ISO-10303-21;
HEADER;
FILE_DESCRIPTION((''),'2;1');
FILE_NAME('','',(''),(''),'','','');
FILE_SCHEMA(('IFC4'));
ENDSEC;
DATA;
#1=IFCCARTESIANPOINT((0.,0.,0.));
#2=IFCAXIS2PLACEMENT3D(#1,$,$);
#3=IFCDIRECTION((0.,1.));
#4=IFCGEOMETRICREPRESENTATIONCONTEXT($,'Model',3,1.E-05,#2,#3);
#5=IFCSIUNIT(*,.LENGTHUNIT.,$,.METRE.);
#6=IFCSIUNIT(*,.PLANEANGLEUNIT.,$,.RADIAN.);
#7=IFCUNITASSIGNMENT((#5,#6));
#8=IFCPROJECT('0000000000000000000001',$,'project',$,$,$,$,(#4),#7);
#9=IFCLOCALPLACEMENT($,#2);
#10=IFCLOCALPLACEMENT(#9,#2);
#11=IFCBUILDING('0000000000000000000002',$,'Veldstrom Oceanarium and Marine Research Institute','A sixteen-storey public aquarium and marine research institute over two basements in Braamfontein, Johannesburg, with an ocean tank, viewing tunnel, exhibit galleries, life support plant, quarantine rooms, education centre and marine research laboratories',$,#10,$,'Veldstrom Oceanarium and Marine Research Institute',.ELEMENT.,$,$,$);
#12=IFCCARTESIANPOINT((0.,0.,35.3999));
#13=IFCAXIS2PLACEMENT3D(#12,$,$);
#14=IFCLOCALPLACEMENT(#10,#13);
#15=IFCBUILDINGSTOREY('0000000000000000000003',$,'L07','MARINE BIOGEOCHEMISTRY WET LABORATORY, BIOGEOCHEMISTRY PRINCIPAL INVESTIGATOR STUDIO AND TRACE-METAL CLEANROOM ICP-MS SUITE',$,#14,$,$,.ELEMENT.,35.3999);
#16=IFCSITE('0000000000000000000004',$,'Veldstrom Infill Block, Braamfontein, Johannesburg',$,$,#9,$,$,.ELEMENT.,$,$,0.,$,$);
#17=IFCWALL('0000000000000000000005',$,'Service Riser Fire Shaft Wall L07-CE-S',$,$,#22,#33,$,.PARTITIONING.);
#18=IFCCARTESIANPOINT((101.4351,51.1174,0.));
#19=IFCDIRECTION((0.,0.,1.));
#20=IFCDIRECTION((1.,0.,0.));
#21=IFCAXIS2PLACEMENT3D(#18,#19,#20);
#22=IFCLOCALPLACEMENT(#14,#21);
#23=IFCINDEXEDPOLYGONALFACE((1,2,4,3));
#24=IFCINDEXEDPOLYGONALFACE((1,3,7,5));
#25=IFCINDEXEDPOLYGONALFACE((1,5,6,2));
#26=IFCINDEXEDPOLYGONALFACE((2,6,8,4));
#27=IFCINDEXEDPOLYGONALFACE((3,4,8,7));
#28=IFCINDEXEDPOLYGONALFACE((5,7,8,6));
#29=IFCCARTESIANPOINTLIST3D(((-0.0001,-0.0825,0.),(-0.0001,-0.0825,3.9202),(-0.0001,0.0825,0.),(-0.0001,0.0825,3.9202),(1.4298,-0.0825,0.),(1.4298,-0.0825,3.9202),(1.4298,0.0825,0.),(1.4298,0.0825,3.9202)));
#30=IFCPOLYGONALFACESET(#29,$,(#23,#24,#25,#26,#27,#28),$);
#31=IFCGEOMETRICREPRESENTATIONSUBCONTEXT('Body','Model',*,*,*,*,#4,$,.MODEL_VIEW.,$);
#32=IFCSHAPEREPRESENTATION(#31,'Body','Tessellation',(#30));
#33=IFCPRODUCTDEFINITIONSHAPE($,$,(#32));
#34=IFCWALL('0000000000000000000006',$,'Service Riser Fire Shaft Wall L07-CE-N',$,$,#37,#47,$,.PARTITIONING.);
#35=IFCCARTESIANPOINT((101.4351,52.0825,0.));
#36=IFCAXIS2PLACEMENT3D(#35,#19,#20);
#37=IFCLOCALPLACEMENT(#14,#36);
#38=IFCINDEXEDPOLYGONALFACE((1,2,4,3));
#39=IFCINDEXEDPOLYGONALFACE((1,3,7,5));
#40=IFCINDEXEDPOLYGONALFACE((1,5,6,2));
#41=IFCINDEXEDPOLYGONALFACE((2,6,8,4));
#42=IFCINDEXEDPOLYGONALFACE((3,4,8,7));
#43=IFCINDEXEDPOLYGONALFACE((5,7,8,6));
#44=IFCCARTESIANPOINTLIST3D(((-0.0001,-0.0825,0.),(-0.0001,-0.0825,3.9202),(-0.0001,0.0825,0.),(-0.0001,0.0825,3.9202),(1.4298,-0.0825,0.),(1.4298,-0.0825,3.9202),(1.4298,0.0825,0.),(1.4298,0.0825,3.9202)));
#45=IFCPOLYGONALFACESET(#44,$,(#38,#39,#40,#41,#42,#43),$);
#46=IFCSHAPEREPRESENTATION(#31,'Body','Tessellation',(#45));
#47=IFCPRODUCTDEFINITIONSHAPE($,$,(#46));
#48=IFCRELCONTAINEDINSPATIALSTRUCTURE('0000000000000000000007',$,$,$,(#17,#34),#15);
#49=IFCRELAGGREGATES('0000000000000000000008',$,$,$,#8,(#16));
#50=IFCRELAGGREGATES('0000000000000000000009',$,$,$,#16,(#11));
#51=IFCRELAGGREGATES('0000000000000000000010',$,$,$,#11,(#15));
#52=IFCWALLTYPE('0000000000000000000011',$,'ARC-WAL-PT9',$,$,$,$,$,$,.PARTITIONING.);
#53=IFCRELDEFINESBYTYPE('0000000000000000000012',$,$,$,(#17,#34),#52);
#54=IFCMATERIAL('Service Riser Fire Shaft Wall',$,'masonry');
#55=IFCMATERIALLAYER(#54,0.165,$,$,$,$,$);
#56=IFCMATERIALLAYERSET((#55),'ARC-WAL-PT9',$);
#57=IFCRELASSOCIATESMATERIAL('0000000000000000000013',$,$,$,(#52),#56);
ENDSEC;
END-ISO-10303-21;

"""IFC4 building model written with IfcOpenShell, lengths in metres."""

from ifc_helpers import new_model, si_unit, direction, frame, frame_2d, origin, place, context, subcontext, project, spatial, rectangle, extrude, material, layer, layer_set, type_object, element, save


model = new_model("IFC4")

# Units and contexts
model_context = context("Model", 3, precision=1e-05, world=origin(), true_north=direction((0.0, 1.0)))
body_context = subcontext(model_context, "Body", "Model", "MODEL_VIEW")
ifc_project = project(units=[si_unit("LENGTHUNIT", "METRE"), si_unit("PLANEANGLEUNIT", "RADIAN")], contexts=[model_context])

# Site, building, storey
site_placement = place(None, origin())
site = spatial("IfcSite", under=ifc_project, at=site_placement, Name="Veldstrom Infill Block, Braamfontein, Johannesburg", CompositionType="ELEMENT", RefElevation=0.0)
building_placement = place(site_placement, origin())
building = spatial("IfcBuilding", under=site, at=building_placement, Name="Veldstrom Oceanarium and Marine Research Institute", Description="A sixteen-storey public aquarium and marine research institute over two basements in Braamfontein, Johannesburg, with an ocean tank, viewing tunnel, exhibit galleries, life support plant, quarantine rooms, education centre and marine research laboratories", LongName="Veldstrom Oceanarium and Marine Research Institute", CompositionType="ELEMENT")
storey_placement = place(building_placement, frame((0.0, 0.0, 35.3999)))
storey = spatial("IfcBuildingStorey", under=building, at=storey_placement, Name="L07", Description="MARINE BIOGEOCHEMISTRY WET LABORATORY, BIOGEOCHEMISTRY PRINCIPAL INVESTIGATOR STUDIO AND TRACE-METAL CLEANROOM ICP-MS SUITE", CompositionType="ELEMENT", Elevation=35.3999)

# Walls
ifc_material_1 = material(Name="Service Riser Fire Shaft Wall", Category="masonry")
ifc_layer_1 = layer(ifc_material_1, 0.165)
ifc_layer_set_1 = layer_set([ifc_layer_1], Name="ARC-WAL-PT9")
wall_type_1 = type_object("IfcWallType", Name="ARC-WAL-PT9", PredefinedType="PARTITIONING", material=ifc_layer_set_1)
for number, where, z_axis, x_axis, name in (
    (1, (101.4351, 51.1174, 0.0), (0.0, 0.0, 1.0), (1.0, 0.0, 0.0), "Service Riser Fire Shaft Wall L07-CE-S"),
    (2, (101.4351, 52.0825, 0.0), (0.0, 0.0, 1.0), (1.0, 0.0, 0.0), "Service Riser Fire Shaft Wall L07-CE-N"),
):
    element("IfcWall", number, at=place(storey_placement, frame(where, z_axis=z_axis, x_axis=x_axis)), inside=storey, type_object=wall_type_1, Name=name, PredefinedType="PARTITIONING", context=body_context, shape_type="SweptSolid", body=[
        extrude(rectangle(XDim=1.4299, YDim=0.165, at=frame_2d((0.7148, 0.0))), origin(), (0.0, 0.0, 1.0), 3.9202),
    ])

save(model, "model.ifc")
